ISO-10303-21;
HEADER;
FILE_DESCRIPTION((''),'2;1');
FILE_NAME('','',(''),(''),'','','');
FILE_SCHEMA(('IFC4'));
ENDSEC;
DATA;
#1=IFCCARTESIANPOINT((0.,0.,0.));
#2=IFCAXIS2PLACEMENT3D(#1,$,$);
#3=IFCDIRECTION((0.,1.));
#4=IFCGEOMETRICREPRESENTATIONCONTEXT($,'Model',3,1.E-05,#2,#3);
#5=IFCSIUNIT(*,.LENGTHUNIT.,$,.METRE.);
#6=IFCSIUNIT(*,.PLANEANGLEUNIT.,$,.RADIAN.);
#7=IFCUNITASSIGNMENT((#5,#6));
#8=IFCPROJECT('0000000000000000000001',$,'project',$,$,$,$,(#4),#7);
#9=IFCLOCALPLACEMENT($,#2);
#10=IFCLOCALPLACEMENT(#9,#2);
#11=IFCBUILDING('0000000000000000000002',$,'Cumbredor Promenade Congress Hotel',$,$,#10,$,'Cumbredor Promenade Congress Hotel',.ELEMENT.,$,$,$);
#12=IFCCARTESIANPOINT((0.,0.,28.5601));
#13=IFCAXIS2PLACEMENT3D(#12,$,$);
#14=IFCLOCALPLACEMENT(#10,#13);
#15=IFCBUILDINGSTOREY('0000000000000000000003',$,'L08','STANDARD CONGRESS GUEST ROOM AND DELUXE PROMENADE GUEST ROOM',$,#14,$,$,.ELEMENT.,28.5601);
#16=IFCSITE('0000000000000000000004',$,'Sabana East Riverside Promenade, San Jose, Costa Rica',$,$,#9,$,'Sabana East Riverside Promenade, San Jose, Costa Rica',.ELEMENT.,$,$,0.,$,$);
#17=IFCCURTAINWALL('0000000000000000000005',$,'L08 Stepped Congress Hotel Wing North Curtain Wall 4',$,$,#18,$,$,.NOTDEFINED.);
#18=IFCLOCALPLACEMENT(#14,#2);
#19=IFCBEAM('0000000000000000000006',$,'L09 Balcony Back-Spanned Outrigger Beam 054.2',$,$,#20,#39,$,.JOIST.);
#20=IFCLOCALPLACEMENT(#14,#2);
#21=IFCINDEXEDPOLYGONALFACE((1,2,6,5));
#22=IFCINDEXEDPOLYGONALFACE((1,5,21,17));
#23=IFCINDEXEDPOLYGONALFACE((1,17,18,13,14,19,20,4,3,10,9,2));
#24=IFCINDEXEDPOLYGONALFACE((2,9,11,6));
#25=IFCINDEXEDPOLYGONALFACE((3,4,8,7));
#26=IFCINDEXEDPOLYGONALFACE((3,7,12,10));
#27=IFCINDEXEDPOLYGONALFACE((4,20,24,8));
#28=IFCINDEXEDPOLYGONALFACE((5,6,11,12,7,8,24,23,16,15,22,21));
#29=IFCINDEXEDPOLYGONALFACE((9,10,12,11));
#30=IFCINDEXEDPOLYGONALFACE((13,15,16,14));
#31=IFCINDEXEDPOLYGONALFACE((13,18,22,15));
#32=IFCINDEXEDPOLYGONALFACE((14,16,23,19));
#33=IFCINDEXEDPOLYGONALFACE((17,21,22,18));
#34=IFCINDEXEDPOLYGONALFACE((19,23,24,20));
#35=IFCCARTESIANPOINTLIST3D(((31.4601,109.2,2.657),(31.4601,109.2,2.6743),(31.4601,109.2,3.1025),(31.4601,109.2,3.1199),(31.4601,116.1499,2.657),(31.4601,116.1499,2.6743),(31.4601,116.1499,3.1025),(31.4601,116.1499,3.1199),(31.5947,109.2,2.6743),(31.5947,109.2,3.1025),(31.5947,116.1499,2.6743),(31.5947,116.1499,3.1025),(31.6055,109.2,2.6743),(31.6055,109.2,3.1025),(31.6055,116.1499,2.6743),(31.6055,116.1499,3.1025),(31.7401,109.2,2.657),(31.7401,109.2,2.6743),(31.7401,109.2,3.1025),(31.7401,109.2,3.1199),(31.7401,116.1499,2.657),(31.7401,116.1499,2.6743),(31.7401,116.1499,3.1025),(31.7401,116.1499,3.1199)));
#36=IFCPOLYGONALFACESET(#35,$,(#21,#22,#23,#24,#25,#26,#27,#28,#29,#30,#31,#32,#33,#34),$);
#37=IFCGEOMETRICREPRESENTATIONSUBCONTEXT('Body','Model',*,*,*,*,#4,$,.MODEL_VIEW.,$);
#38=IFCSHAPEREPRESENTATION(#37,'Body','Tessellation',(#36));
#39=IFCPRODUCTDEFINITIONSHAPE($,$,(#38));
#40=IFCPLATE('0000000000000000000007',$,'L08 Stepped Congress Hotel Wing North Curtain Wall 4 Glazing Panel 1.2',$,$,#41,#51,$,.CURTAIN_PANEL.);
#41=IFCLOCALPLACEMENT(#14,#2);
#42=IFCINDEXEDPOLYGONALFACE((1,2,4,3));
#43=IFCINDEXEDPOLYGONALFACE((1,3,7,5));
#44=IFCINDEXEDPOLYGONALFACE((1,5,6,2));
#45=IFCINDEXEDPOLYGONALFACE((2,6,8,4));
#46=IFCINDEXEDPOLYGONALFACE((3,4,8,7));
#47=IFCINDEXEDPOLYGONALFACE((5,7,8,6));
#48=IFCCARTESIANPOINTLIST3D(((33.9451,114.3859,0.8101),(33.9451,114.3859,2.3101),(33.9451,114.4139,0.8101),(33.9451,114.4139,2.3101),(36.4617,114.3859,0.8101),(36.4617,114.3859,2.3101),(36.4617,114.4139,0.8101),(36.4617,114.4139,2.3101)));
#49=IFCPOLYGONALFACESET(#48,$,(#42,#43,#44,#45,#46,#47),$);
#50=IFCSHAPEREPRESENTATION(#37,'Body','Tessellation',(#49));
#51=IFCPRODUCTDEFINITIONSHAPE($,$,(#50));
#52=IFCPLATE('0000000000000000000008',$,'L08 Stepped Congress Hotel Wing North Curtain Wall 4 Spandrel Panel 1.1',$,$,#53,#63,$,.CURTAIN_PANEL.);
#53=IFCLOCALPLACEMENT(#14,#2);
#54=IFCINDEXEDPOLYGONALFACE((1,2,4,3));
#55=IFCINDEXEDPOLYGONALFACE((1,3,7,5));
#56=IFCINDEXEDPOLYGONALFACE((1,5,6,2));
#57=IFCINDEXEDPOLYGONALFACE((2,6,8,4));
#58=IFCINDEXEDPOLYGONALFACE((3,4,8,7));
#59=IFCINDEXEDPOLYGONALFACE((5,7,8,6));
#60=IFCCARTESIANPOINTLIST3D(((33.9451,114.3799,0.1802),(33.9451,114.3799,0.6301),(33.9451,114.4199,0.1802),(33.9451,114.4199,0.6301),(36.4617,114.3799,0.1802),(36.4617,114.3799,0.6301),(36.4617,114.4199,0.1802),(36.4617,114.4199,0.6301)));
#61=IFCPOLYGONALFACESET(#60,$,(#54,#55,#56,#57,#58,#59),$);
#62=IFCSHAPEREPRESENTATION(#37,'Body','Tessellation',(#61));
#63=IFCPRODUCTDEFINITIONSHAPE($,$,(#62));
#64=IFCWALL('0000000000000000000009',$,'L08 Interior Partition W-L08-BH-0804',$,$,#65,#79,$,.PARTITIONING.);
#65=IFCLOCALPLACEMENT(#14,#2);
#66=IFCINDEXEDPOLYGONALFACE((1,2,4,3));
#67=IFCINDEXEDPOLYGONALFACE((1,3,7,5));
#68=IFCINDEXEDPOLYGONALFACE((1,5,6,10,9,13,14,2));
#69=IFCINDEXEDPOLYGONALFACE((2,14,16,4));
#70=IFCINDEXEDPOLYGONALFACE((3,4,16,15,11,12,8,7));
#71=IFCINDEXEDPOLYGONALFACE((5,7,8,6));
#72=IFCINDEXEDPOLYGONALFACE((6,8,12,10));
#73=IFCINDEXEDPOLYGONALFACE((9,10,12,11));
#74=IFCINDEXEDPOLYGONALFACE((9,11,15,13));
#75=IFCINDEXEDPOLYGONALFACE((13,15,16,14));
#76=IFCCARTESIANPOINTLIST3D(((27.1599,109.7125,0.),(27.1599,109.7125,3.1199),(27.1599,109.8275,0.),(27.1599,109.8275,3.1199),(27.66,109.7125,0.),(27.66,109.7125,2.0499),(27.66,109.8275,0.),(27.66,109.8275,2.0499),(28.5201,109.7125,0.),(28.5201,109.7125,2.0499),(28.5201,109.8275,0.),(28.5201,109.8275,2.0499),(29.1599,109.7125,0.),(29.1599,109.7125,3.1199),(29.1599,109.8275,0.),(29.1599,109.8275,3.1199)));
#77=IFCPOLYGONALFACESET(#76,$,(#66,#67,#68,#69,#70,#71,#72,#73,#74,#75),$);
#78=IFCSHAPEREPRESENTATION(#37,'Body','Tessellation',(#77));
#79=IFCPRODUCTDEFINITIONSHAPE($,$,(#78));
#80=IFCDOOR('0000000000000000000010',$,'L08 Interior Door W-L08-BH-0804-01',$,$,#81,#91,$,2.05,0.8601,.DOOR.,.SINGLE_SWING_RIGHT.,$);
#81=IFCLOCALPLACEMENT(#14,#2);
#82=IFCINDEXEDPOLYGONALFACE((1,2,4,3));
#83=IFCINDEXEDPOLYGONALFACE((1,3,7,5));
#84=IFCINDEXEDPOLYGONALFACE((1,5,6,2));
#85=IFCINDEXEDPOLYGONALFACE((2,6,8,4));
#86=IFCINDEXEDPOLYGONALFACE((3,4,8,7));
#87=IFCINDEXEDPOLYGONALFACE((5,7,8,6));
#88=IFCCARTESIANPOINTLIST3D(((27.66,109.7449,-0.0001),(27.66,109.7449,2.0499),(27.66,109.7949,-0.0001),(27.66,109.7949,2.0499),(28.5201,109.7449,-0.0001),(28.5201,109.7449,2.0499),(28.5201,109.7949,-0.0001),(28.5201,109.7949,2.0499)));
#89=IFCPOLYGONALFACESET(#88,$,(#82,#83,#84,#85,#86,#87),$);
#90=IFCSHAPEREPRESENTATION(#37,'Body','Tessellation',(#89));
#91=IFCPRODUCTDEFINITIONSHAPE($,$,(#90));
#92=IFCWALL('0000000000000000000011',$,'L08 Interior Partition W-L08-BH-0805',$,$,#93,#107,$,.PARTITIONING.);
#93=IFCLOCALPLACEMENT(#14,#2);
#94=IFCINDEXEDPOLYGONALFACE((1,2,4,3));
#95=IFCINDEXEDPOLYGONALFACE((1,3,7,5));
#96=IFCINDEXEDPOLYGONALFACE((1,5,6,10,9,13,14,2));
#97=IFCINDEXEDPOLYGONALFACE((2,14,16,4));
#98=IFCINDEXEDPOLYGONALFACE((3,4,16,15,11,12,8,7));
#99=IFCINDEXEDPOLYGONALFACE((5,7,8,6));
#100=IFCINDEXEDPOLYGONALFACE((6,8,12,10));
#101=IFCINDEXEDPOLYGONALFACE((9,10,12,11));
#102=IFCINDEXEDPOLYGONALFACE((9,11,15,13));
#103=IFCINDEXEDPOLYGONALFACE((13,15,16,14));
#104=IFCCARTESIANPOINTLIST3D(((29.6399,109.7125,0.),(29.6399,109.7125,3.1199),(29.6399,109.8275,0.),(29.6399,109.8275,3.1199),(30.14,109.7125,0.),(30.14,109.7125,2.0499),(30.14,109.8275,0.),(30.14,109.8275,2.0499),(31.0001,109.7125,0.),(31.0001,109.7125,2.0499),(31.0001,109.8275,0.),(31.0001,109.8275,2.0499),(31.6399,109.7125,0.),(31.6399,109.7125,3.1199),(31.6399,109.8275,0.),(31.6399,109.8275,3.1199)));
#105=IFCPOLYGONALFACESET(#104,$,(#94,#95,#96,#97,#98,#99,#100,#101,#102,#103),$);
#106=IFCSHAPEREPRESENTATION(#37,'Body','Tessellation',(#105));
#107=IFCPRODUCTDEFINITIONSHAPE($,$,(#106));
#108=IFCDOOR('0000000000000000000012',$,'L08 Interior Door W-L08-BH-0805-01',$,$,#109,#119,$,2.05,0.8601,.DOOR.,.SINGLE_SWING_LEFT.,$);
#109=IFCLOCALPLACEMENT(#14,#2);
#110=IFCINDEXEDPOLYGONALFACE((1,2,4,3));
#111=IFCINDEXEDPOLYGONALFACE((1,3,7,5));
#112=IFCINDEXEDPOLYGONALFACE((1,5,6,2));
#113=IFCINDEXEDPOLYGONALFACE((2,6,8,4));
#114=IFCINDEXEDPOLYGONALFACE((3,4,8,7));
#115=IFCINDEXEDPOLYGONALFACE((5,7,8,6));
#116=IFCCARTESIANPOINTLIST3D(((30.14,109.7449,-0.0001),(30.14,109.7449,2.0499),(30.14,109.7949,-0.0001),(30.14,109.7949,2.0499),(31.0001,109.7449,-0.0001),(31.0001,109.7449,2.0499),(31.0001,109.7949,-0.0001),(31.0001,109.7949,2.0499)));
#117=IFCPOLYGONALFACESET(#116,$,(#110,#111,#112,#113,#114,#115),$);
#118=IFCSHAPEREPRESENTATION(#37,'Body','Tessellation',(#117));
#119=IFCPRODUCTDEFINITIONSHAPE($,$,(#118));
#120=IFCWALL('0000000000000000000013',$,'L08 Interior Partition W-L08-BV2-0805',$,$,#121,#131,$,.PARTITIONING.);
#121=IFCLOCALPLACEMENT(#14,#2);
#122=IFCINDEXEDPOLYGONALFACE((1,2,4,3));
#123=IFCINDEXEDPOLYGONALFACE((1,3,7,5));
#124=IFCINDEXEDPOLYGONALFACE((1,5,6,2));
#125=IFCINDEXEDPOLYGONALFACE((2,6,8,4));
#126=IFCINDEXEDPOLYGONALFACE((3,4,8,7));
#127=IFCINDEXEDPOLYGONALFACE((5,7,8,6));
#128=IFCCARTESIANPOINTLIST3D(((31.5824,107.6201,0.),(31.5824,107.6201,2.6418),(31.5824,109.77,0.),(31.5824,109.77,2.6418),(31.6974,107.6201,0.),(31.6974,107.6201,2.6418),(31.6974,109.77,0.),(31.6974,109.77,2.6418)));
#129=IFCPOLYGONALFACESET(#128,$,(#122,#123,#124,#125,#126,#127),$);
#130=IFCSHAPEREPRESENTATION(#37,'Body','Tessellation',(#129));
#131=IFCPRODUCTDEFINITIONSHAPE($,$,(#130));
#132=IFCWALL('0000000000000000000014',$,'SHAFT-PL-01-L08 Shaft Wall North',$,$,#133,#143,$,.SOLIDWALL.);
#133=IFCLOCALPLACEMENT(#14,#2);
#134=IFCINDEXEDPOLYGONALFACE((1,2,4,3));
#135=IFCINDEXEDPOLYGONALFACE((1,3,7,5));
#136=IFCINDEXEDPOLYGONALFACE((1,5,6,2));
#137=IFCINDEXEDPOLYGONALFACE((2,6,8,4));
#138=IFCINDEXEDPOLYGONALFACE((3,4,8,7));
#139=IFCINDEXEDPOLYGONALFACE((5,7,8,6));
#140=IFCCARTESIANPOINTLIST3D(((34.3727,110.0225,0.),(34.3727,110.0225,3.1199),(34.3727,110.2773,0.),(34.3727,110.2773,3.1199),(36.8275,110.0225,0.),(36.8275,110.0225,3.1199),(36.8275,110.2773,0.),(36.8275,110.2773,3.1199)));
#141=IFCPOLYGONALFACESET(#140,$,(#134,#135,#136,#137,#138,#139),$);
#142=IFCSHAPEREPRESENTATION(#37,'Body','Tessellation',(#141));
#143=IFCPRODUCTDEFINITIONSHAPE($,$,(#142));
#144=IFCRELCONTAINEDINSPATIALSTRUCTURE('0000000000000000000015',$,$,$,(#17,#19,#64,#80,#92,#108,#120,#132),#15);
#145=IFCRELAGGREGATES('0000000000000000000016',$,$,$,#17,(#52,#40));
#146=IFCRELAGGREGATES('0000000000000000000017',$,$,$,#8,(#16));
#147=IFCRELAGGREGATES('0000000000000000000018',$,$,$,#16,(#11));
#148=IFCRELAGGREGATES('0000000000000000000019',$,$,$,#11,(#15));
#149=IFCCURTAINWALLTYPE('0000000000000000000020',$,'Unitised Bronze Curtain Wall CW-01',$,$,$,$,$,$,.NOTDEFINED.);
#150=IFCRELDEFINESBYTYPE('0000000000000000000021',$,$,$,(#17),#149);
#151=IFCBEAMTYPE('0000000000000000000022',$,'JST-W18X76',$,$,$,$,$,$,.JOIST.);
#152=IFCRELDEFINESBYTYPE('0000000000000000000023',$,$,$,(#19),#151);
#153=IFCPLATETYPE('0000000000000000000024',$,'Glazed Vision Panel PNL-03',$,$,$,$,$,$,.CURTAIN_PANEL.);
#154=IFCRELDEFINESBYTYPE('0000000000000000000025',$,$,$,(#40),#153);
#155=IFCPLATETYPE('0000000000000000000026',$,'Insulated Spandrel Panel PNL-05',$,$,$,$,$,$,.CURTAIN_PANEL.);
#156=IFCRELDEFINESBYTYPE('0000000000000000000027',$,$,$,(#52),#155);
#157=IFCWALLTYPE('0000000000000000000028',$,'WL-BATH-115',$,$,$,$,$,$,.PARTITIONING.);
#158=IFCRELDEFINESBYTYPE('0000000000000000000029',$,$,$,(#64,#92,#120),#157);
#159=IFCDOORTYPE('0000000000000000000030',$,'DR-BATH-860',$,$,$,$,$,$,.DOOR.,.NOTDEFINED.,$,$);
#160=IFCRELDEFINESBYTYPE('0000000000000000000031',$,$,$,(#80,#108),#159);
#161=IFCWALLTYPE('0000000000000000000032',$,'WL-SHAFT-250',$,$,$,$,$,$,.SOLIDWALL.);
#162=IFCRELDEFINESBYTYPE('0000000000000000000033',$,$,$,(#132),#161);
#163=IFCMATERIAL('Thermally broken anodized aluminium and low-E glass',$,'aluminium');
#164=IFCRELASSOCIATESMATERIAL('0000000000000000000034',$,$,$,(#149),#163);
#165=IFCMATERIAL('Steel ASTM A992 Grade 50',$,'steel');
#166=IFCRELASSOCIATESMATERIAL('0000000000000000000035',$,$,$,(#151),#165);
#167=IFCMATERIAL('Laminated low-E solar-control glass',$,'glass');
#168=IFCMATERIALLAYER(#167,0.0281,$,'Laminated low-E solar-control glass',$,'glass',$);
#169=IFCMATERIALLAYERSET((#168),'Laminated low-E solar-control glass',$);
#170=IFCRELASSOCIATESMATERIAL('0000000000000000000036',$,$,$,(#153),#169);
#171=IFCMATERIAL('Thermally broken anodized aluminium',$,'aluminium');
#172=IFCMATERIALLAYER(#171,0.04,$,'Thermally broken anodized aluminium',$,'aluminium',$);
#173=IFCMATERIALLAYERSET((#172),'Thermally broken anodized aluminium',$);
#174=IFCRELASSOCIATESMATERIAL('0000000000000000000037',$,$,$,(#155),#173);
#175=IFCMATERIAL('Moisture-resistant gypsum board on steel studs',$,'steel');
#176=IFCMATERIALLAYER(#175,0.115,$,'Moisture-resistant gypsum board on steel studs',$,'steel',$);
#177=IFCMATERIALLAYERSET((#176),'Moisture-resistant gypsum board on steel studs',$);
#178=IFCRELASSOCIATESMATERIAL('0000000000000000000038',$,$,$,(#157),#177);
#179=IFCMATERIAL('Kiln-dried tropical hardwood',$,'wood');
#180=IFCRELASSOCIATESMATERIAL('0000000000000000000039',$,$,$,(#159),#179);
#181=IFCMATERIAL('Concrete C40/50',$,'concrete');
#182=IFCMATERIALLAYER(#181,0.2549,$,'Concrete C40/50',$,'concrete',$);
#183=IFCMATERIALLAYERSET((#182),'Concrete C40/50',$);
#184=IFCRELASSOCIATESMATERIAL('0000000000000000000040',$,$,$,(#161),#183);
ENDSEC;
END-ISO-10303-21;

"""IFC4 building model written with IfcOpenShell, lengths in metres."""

from ifc_helpers import new_model, si_unit, direction, frame, frame_2d, origin, origin_2d, place, context, subcontext, project, spatial, rectangle, i_section, extrude, material, layer, layer_set, material_profile, profile_set, type_object, element, fill, aggregate, save


model = new_model("IFC4")

# Units and contexts
model_context = context("Model", 3, precision=1e-05, world=origin(), true_north=direction((0.0, 1.0)))
body_context = subcontext(model_context, "Body", "Model", "MODEL_VIEW")
ifc_project = project(units=[si_unit("LENGTHUNIT", "METRE"), si_unit("PLANEANGLEUNIT", "RADIAN")], contexts=[model_context])

# Site, building, storey
site_placement = place(None, origin())
site = spatial("IfcSite", under=ifc_project, at=site_placement, Name="Sabana East Riverside Promenade, San Jose, Costa Rica", LongName="Sabana East Riverside Promenade, San Jose, Costa Rica", CompositionType="ELEMENT", RefElevation=0.0)
building_placement = place(site_placement, origin())
building = spatial("IfcBuilding", under=site, at=building_placement, Name="Cumbredor Promenade Congress Hotel", LongName="Cumbredor Promenade Congress Hotel", CompositionType="ELEMENT")
storey_placement = place(building_placement, frame((0.0, 0.0, 28.5601)))
storey = spatial("IfcBuildingStorey", under=building, at=storey_placement, Name="L08", Description="STANDARD CONGRESS GUEST ROOM AND DELUXE PROMENADE GUEST ROOM", CompositionType="ELEMENT", Elevation=28.5601)

# Shared definitions
ifc_material_1 = material(Name="Concrete C40/50", Category="concrete")

# Shared definitions
ifc_material_2 = material(Name="Steel ASTM A992 Grade 50", Category="steel")

# Curtain wall
ifc_material_3 = material(Name="Thermally broken anodized aluminium and low-E glass", Category="aluminium")
curtain_wall_type = type_object("IfcCurtainWallType", Name="Unitised Bronze Curtain Wall CW-01", PredefinedType="NOTDEFINED", material=ifc_material_3)
curtain_wall_placement = place(storey_placement, origin())
curtain_wall = element("IfcCurtainWall", 1, at=curtain_wall_placement, inside=storey, type_object=curtain_wall_type, Name="L08 Stepped Congress Hotel Wing North Curtain Wall 4", PredefinedType="NOTDEFINED")
ifc_material_4 = material(Name="Thermally broken anodized aluminium", Category="aluminium")

# Beam
ifc_material_profile_1 = material_profile(ifc_material_2, i_section(OverallWidth=0.28, OverallDepth=0.4629, WebThickness=0.0107, FlangeThickness=0.0173, at=origin_2d()), Name="W18X76")
ifc_profile_set_1 = profile_set([ifc_material_profile_1], Name="Steel ASTM A992 Grade 50")
beam_type_1 = type_object("IfcBeamType", Name="JST-W18X76", PredefinedType="JOIST", material=ifc_profile_set_1)
for number, where, z_axis, x_axis, name in (
    (2, (31.6001, 109.2, 2.8884), (0.0, 1.0, 0.0), (-1.0, 0.0, 0.0), "L09 Balcony Back-Spanned Outrigger Beam 054.2"),
):
    element("IfcBeam", number, at=place(storey_placement, frame(where, z_axis=z_axis, x_axis=x_axis)), inside=storey, type_object=beam_type_1, Name=name, PredefinedType="JOIST", context=body_context, shape_type="SweptSolid", body=[
        extrude(i_section(OverallWidth=0.28, OverallDepth=0.4629, WebThickness=0.0107, FlangeThickness=0.0173, at=origin_2d()), origin(), (0.0, 0.0, 1.0), 6.95),
    ])

# Plates
ifc_material_5 = material(Name="Laminated low-E solar-control glass", Category="glass")
ifc_layer_1 = layer(ifc_material_5, 0.0281, Name="Laminated low-E solar-control glass", Category="glass")
ifc_layer_set_1 = layer_set([ifc_layer_1], Name="Laminated low-E solar-control glass")
plate_type_1 = type_object("IfcPlateType", Name="Glazed Vision Panel PNL-03", PredefinedType="CURTAIN_PANEL", material=ifc_layer_set_1)
plate_1_placement = place(storey_placement, frame((35.2034, 114.3999, 0.8101), z_axis=(0.0, 0.0, 1.0), x_axis=(1.0, 0.0, 0.0)))
plate_1 = element("IfcPlate", 3, at=plate_1_placement, type_object=plate_type_1, Name="L08 Stepped Congress Hotel Wing North Curtain Wall 4 Glazing Panel 1.2", PredefinedType="CURTAIN_PANEL", context=body_context, shape_type="SweptSolid", body=[
    extrude(rectangle(XDim=2.5166, YDim=0.0281, at=origin_2d()), origin(), (0.0, 0.0, 1.0), 1.5),
])
ifc_layer_2 = layer(ifc_material_4, 0.04, Name="Thermally broken anodized aluminium", Category="aluminium")
ifc_layer_set_2 = layer_set([ifc_layer_2], Name="Thermally broken anodized aluminium")
plate_type_2 = type_object("IfcPlateType", Name="Insulated Spandrel Panel PNL-05", PredefinedType="CURTAIN_PANEL", material=ifc_layer_set_2)
plate_2_placement = place(storey_placement, frame((35.2034, 114.3999, 0.1802), z_axis=(0.0, 0.0, 1.0), x_axis=(1.0, 0.0, 0.0)))
plate_2 = element("IfcPlate", 4, at=plate_2_placement, type_object=plate_type_2, Name="L08 Stepped Congress Hotel Wing North Curtain Wall 4 Spandrel Panel 1.1", PredefinedType="CURTAIN_PANEL", context=body_context, shape_type="SweptSolid", body=[
    extrude(rectangle(XDim=2.5166, YDim=0.04, at=origin_2d()), origin(), (0.0, 0.0, 1.0), 0.45),
])
aggregate(curtain_wall, [plate_2, plate_1])

# Walls, openings, doors
ifc_material_6 = material(Name="Moisture-resistant gypsum board on steel studs", Category="steel")
ifc_layer_3 = layer(ifc_material_6, 0.115, Name="Moisture-resistant gypsum board on steel studs", Category="steel")
ifc_layer_set_3 = layer_set([ifc_layer_3], Name="Moisture-resistant gypsum board on steel studs")
wall_type_1 = type_object("IfcWallType", Name="WL-BATH-115", PredefinedType="PARTITIONING", material=ifc_layer_set_3)
wall_1_placement = place(storey_placement, frame((27.1599, 109.77, 0.0), z_axis=(0.0, 0.0, 1.0), x_axis=(1.0, 0.0, 0.0)))
wall_1 = element("IfcWall", 5, at=wall_1_placement, inside=storey, type_object=wall_type_1, Name="L08 Interior Partition W-L08-BH-0804", PredefinedType="PARTITIONING", context=body_context, shape_type="SweptSolid", body=[
    extrude(rectangle(XDim=2.0, YDim=0.115, at=frame_2d((1.0, 0.0))), origin(), (0.0, 0.0, 1.0), 3.1199),
])
opening_1_placement = place(wall_1_placement, frame((0.5, 0.0, 0.0)))
opening_1 = element("IfcOpeningElement", 6, at=opening_1_placement, cuts=wall_1, PredefinedType="OPENING", context=body_context, shape_type="SweptSolid", body=[
    extrude(rectangle(XDim=0.8601, YDim=2.05, at=frame_2d((0.4302, 1.0249))), frame((0.0, 0.0674, 0.0), z_axis=(0.0, -1.0, 0.0), x_axis=(1.0, 0.0, 0.0)), (0.0, 0.0, 1.0), 0.135),
])
ifc_material_7 = material(Name="Kiln-dried tropical hardwood", Category="wood")
door_type = type_object("IfcDoorType", Name="DR-BATH-860", OperationType="NOTDEFINED", PredefinedType="DOOR", material=ifc_material_7)
door_1_placement = place(opening_1_placement, origin())
door_1 = element("IfcDoor", 7, at=door_1_placement, inside=storey, type_object=door_type, Name="L08 Interior Door W-L08-BH-0804-01", OperationType="SINGLE_SWING_RIGHT", OverallHeight=2.05, OverallWidth=0.8601, PredefinedType="DOOR", context=body_context, shape_type="SweptSolid", body=[
    extrude(rectangle(XDim=0.8601, YDim=2.05, at=frame_2d((0.4302, 1.0249))), frame((0.0, 0.0249, 0.0), z_axis=(0.0, -1.0, 0.0), x_axis=(1.0, 0.0, 0.0)), (0.0, 0.0, 1.0), 0.05),
])
fill(opening_1, door_1)
wall_2_placement = place(storey_placement, frame((29.6399, 109.77, 0.0), z_axis=(0.0, 0.0, 1.0), x_axis=(1.0, 0.0, 0.0)))
wall_2 = element("IfcWall", 8, at=wall_2_placement, inside=storey, type_object=wall_type_1, Name="L08 Interior Partition W-L08-BH-0805", PredefinedType="PARTITIONING", context=body_context, shape_type="SweptSolid", body=[
    extrude(rectangle(XDim=2.0, YDim=0.115, at=frame_2d((1.0, 0.0))), origin(), (0.0, 0.0, 1.0), 3.1199),
])
opening_2_placement = place(wall_2_placement, frame((0.5, 0.0, 0.0)))
opening_2 = element("IfcOpeningElement", 9, at=opening_2_placement, cuts=wall_2, PredefinedType="OPENING", context=body_context, shape_type="SweptSolid", body=[
    extrude(rectangle(XDim=0.8601, YDim=2.05, at=frame_2d((0.4302, 1.0249))), frame((0.0, 0.0674, 0.0), z_axis=(0.0, -1.0, 0.0), x_axis=(1.0, 0.0, 0.0)), (0.0, 0.0, 1.0), 0.135),
])
door_2_placement = place(opening_2_placement, origin())
door_2 = element("IfcDoor", 10, at=door_2_placement, inside=storey, type_object=door_type, Name="L08 Interior Door W-L08-BH-0805-01", OperationType="SINGLE_SWING_LEFT", OverallHeight=2.05, OverallWidth=0.8601, PredefinedType="DOOR", context=body_context, shape_type="SweptSolid", body=[
    extrude(rectangle(XDim=0.8601, YDim=2.05, at=frame_2d((0.4302, 1.0249))), frame((0.0, 0.0249, 0.0), z_axis=(0.0, -1.0, 0.0), x_axis=(1.0, 0.0, 0.0)), (0.0, 0.0, 1.0), 0.05),
])
fill(opening_2, door_2)

# Walls
wall_3_placement = place(storey_placement, frame((31.6399, 107.6201, 0.0), z_axis=(0.0, 0.0, 1.0), x_axis=(0.0, 1.0, 0.0)))
element("IfcWall", 11, at=wall_3_placement, inside=storey, type_object=wall_type_1, Name="L08 Interior Partition W-L08-BV2-0805", PredefinedType="PARTITIONING", context=body_context, shape_type="SweptSolid", body=[
    extrude(rectangle(XDim=2.1499, YDim=0.115, at=frame_2d((1.075, 0.0))), origin(), (0.0, 0.0, 1.0), 2.6418),
])
ifc_layer_4 = layer(ifc_material_1, 0.2549, Name="Concrete C40/50", Category="concrete")
ifc_layer_set_4 = layer_set([ifc_layer_4], Name="Concrete C40/50")
wall_type_2 = type_object("IfcWallType", Name="WL-SHAFT-250", PredefinedType="SOLIDWALL", material=ifc_layer_set_4)
wall_4_placement = place(storey_placement, frame((34.3726, 110.1499, 0.0), z_axis=(0.0, 0.0, 1.0), x_axis=(1.0, 0.0, 0.0)))
element("IfcWall", 12, at=wall_4_placement, inside=storey, type_object=wall_type_2, Name="SHAFT-PL-01-L08 Shaft Wall North", PredefinedType="SOLIDWALL", context=body_context, shape_type="SweptSolid", body=[
    extrude(rectangle(XDim=2.4548, YDim=0.2549, at=frame_2d((1.2275, 0.0))), origin(), (0.0, 0.0, 1.0), 3.1199),
])

save(model, "model.ifc")
